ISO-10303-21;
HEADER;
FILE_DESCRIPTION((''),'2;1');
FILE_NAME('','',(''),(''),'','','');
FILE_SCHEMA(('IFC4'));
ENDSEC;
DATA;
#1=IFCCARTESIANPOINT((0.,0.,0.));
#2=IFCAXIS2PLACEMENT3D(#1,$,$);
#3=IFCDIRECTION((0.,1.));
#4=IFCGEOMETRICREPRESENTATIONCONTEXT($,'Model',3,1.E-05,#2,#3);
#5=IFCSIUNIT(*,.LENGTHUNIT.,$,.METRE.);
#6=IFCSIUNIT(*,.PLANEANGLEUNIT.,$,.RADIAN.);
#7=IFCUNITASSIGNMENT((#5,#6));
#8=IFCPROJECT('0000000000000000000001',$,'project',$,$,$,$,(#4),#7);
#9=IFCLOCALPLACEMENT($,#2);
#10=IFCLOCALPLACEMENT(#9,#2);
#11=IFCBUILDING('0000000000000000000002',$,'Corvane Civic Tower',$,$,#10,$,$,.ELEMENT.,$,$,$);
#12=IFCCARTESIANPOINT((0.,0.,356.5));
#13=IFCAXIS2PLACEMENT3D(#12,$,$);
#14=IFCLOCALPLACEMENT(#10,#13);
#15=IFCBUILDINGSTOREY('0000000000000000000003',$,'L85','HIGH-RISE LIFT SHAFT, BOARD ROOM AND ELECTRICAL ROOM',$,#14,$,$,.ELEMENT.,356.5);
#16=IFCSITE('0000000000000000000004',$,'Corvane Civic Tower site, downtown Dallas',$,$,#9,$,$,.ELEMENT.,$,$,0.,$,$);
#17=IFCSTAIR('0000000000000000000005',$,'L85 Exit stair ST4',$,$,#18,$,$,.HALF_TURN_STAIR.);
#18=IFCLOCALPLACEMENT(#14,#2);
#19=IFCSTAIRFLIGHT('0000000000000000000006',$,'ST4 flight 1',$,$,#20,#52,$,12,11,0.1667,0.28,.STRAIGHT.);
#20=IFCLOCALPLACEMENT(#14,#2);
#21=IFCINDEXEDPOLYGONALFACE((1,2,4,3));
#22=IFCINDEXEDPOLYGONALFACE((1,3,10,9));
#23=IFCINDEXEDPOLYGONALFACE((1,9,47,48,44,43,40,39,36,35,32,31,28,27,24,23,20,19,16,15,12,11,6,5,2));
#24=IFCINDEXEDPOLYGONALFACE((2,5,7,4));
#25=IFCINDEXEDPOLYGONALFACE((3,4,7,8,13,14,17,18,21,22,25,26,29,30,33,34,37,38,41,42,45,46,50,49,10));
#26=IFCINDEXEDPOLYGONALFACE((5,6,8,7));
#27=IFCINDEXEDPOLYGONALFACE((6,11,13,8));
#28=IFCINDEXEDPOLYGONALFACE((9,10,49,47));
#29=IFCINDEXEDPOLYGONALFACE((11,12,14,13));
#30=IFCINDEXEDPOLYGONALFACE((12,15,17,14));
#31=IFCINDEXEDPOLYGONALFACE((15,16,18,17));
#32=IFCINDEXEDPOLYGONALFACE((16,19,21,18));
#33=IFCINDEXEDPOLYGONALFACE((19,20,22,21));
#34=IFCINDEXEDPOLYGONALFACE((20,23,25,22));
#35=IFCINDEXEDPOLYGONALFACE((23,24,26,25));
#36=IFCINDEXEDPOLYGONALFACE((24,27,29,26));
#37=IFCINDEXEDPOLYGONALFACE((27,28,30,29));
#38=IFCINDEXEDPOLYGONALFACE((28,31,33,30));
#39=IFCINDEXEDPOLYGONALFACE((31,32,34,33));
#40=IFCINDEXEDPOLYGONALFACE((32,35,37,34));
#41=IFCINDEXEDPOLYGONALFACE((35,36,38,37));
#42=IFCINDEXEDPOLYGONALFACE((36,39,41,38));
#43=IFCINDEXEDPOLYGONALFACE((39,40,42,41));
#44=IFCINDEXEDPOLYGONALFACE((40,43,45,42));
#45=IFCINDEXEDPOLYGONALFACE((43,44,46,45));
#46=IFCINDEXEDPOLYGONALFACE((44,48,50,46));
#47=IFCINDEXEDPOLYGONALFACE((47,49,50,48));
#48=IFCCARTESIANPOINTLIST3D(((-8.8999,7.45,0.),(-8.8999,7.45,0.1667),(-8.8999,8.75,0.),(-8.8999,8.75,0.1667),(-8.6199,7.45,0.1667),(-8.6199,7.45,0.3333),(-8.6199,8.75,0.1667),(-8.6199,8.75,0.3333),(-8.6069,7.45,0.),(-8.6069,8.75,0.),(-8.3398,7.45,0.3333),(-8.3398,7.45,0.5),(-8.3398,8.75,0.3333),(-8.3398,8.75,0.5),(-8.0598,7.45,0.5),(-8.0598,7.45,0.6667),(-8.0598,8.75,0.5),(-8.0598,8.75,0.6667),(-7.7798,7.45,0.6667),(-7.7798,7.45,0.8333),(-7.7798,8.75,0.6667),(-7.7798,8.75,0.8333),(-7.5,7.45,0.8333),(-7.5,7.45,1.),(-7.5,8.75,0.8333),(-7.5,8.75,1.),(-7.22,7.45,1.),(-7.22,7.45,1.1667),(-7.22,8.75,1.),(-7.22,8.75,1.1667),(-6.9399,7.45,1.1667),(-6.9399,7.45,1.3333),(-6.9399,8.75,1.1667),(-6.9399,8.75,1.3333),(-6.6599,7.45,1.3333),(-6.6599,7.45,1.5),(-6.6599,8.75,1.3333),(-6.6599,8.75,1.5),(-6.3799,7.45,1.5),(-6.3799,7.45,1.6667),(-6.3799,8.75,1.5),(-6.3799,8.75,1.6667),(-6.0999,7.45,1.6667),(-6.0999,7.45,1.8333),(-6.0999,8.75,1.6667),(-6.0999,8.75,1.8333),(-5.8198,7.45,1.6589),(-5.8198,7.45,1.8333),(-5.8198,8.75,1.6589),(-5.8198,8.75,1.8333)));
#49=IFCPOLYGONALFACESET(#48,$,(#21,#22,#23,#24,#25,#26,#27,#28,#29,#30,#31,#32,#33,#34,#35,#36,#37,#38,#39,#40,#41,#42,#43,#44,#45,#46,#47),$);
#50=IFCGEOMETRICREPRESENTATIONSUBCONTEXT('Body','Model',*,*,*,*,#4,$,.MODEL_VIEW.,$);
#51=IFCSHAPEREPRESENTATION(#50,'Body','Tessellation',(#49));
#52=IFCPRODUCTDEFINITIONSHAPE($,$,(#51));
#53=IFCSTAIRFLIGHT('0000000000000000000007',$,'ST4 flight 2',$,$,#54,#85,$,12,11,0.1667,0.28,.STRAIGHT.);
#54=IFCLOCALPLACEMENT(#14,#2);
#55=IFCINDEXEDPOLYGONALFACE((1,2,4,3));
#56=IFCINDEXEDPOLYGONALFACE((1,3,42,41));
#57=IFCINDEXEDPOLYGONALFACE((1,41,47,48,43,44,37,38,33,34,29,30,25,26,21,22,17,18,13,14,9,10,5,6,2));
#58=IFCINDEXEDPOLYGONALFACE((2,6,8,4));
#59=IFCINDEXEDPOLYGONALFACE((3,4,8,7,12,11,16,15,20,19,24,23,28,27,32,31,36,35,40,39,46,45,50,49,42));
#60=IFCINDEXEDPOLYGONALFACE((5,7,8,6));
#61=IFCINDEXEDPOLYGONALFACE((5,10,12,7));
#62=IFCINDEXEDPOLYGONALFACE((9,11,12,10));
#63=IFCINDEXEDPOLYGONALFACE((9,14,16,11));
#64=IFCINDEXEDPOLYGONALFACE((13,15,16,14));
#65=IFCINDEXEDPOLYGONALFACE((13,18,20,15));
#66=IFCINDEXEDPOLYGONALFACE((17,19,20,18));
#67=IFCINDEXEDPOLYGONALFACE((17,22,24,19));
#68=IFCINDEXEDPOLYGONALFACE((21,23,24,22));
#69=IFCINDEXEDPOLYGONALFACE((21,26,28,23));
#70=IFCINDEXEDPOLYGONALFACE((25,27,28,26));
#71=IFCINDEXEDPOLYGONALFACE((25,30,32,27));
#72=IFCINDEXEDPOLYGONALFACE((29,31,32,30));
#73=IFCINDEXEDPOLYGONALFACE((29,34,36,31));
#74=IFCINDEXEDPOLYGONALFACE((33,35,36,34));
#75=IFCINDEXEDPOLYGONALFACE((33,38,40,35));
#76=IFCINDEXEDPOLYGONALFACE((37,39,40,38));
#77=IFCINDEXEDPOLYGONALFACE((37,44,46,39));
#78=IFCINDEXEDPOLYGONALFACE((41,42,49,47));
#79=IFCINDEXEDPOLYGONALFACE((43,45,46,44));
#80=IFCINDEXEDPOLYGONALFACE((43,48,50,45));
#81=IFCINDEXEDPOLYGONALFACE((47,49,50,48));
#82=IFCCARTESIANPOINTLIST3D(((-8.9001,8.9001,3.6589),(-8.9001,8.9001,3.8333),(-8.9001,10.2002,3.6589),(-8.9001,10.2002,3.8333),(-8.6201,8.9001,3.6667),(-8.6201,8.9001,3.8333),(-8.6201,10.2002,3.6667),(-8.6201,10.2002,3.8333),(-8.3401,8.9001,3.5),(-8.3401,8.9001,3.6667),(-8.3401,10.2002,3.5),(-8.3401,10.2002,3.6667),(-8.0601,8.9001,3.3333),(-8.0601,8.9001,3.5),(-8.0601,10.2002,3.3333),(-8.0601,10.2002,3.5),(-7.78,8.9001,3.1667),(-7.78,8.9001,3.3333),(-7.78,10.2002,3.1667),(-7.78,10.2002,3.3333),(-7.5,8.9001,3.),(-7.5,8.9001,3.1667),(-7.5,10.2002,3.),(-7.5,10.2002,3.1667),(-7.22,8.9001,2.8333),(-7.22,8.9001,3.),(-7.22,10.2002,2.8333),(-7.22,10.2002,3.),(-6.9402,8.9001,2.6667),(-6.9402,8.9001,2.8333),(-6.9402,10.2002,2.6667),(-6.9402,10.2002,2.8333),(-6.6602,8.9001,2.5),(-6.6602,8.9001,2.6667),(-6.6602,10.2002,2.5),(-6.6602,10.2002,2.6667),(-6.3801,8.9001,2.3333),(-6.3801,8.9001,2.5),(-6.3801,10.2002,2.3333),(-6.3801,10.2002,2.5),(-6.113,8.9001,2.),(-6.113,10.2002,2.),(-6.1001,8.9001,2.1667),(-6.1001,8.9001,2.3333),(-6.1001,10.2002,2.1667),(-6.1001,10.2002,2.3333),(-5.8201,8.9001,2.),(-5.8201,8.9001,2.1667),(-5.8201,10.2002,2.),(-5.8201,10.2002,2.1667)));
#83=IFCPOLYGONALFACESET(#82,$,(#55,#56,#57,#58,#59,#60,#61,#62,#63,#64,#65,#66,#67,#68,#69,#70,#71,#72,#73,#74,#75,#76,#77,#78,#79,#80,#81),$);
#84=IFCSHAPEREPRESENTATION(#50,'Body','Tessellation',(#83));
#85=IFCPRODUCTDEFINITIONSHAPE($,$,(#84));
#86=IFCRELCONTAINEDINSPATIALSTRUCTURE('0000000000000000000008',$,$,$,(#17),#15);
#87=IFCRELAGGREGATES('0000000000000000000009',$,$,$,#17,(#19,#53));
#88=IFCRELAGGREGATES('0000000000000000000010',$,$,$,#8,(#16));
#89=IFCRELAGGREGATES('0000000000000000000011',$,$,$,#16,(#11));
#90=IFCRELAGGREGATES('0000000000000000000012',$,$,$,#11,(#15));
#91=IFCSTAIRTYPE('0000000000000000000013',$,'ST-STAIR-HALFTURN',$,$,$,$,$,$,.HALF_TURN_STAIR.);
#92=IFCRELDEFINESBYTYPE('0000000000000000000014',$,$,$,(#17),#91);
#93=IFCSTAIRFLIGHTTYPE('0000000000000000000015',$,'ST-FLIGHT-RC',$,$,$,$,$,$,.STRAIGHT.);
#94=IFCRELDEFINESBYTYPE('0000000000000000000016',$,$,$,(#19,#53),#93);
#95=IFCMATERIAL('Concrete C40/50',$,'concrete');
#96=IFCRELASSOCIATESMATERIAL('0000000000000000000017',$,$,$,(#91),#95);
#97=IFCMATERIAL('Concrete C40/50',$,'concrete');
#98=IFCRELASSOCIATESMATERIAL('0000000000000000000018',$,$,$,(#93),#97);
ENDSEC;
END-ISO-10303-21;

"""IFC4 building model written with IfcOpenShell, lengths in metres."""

from ifc_helpers import new_model, si_unit, direction, frame, origin, place, context, subcontext, project, spatial, polyline, outline, extrude, material, type_object, element, aggregate, save


model = new_model("IFC4")

# Units and contexts
model_context = context("Model", 3, precision=1e-05, world=origin(), true_north=direction((0.0, 1.0)))
body_context = subcontext(model_context, "Body", "Model", "MODEL_VIEW")
ifc_project = project(units=[si_unit("LENGTHUNIT", "METRE"), si_unit("PLANEANGLEUNIT", "RADIAN")], contexts=[model_context])

# Site, building, storey
site_placement = place(None, origin())
site = spatial("IfcSite", under=ifc_project, at=site_placement, Name="Corvane Civic Tower site, downtown Dallas", CompositionType="ELEMENT", RefElevation=0.0)
building_placement = place(site_placement, origin())
building = spatial("IfcBuilding", under=site, at=building_placement, Name="Corvane Civic Tower", CompositionType="ELEMENT")
storey_placement = place(building_placement, frame((0.0, 0.0, 356.5)))
storey = spatial("IfcBuildingStorey", under=building, at=storey_placement, Name="L85", Description="HIGH-RISE LIFT SHAFT, BOARD ROOM AND ELECTRICAL ROOM", CompositionType="ELEMENT", Elevation=356.5)

# Stair
ifc_material_1 = material(Name="Concrete C40/50", Category="concrete")
stair_type = type_object("IfcStairType", Name="ST-STAIR-HALFTURN", PredefinedType="HALF_TURN_STAIR", material=ifc_material_1)
stair_1_placement = place(storey_placement, origin())
stair_1 = element("IfcStair", 1, at=stair_1_placement, inside=storey, type_object=stair_type, Name="L85 Exit stair ST4", PredefinedType="HALF_TURN_STAIR")

# Stair flights
ifc_material_2 = material(Name="Concrete C40/50", Category="concrete")
stair_flight_type = type_object("IfcStairFlightType", Name="ST-FLIGHT-RC", PredefinedType="STRAIGHT", material=ifc_material_2)
stair_flight_1_placement = place(storey_placement, frame((-8.8999, 8.1001, 0.0), z_axis=(0.0, 0.0, 1.0), x_axis=(1.0, 0.0, 0.0)))
stair_flight_1 = element("IfcStairFlight", 2, at=stair_flight_1_placement, type_object=stair_flight_type, Name="ST4 flight 1", NumberOfRisers=12, NumberOfTreads=11, PredefinedType="STRAIGHT", RiserHeight=0.1667, TreadLength=0.28, context=body_context, shape_type="SweptSolid", body=[
    extrude(outline(polyline([(0.0, 0.0), (0.0, 0.1667), (0.28, 0.1667), (0.28, 0.3333), (0.5601, 0.3333), (0.5601, 0.5), (0.8401, 0.5), (0.8401, 0.6667), (1.1201, 0.6667), (1.1201, 0.8333), (1.3999, 0.8333), (1.3999, 1.0), (1.6799, 1.0), (1.6799, 1.1667), (1.96, 1.1667), (1.96, 1.3333), (2.24, 1.3333), (2.24, 1.5), (2.52, 1.5), (2.52, 1.6667), (2.8, 1.6667), (2.8, 1.8333), (3.0801, 1.8333), (3.0801, 2.0), (3.0801, 1.6589), (0.293, 0.0), (0.0, 0.0)])), frame((0.0, 0.6499, 0.0), z_axis=(0.0, -1.0, 0.0), x_axis=(1.0, 0.0, 0.0)), (0.0, 0.0, 1.0), 1.3),
])
stair_flight_2_placement = place(storey_placement, frame((-5.8201, 9.55, 2.0), z_axis=(0.0, 0.0, 1.0), x_axis=(-1.0, 0.0, 0.0)))
stair_flight_2 = element("IfcStairFlight", 3, at=stair_flight_2_placement, type_object=stair_flight_type, Name="ST4 flight 2", NumberOfRisers=12, NumberOfTreads=11, PredefinedType="STRAIGHT", RiserHeight=0.1667, TreadLength=0.28, context=body_context, shape_type="SweptSolid", body=[
    extrude(outline(polyline([(0.0, 0.0), (0.0, 0.1667), (0.28, 0.1667), (0.28, 0.3333), (0.5601, 0.3333), (0.5601, 0.5), (0.8401, 0.5), (0.8401, 0.6667), (1.1201, 0.6667), (1.1201, 0.8333), (1.3999, 0.8333), (1.3999, 1.0), (1.6799, 1.0), (1.6799, 1.1667), (1.96, 1.1667), (1.96, 1.3333), (2.24, 1.3333), (2.24, 1.5), (2.52, 1.5), (2.52, 1.6667), (2.8, 1.6667), (2.8, 1.8333), (3.0801, 1.8333), (3.0801, 2.0), (3.0801, 1.6589), (0.293, 0.0), (0.0, 0.0)])), frame((0.0, 0.6499, 0.0), z_axis=(0.0, -1.0, 0.0), x_axis=(1.0, 0.0, 0.0)), (0.0, 0.0, 1.0), 1.3),
])
aggregate(stair_1, [stair_flight_1, stair_flight_2])

save(model, "model.ifc")
